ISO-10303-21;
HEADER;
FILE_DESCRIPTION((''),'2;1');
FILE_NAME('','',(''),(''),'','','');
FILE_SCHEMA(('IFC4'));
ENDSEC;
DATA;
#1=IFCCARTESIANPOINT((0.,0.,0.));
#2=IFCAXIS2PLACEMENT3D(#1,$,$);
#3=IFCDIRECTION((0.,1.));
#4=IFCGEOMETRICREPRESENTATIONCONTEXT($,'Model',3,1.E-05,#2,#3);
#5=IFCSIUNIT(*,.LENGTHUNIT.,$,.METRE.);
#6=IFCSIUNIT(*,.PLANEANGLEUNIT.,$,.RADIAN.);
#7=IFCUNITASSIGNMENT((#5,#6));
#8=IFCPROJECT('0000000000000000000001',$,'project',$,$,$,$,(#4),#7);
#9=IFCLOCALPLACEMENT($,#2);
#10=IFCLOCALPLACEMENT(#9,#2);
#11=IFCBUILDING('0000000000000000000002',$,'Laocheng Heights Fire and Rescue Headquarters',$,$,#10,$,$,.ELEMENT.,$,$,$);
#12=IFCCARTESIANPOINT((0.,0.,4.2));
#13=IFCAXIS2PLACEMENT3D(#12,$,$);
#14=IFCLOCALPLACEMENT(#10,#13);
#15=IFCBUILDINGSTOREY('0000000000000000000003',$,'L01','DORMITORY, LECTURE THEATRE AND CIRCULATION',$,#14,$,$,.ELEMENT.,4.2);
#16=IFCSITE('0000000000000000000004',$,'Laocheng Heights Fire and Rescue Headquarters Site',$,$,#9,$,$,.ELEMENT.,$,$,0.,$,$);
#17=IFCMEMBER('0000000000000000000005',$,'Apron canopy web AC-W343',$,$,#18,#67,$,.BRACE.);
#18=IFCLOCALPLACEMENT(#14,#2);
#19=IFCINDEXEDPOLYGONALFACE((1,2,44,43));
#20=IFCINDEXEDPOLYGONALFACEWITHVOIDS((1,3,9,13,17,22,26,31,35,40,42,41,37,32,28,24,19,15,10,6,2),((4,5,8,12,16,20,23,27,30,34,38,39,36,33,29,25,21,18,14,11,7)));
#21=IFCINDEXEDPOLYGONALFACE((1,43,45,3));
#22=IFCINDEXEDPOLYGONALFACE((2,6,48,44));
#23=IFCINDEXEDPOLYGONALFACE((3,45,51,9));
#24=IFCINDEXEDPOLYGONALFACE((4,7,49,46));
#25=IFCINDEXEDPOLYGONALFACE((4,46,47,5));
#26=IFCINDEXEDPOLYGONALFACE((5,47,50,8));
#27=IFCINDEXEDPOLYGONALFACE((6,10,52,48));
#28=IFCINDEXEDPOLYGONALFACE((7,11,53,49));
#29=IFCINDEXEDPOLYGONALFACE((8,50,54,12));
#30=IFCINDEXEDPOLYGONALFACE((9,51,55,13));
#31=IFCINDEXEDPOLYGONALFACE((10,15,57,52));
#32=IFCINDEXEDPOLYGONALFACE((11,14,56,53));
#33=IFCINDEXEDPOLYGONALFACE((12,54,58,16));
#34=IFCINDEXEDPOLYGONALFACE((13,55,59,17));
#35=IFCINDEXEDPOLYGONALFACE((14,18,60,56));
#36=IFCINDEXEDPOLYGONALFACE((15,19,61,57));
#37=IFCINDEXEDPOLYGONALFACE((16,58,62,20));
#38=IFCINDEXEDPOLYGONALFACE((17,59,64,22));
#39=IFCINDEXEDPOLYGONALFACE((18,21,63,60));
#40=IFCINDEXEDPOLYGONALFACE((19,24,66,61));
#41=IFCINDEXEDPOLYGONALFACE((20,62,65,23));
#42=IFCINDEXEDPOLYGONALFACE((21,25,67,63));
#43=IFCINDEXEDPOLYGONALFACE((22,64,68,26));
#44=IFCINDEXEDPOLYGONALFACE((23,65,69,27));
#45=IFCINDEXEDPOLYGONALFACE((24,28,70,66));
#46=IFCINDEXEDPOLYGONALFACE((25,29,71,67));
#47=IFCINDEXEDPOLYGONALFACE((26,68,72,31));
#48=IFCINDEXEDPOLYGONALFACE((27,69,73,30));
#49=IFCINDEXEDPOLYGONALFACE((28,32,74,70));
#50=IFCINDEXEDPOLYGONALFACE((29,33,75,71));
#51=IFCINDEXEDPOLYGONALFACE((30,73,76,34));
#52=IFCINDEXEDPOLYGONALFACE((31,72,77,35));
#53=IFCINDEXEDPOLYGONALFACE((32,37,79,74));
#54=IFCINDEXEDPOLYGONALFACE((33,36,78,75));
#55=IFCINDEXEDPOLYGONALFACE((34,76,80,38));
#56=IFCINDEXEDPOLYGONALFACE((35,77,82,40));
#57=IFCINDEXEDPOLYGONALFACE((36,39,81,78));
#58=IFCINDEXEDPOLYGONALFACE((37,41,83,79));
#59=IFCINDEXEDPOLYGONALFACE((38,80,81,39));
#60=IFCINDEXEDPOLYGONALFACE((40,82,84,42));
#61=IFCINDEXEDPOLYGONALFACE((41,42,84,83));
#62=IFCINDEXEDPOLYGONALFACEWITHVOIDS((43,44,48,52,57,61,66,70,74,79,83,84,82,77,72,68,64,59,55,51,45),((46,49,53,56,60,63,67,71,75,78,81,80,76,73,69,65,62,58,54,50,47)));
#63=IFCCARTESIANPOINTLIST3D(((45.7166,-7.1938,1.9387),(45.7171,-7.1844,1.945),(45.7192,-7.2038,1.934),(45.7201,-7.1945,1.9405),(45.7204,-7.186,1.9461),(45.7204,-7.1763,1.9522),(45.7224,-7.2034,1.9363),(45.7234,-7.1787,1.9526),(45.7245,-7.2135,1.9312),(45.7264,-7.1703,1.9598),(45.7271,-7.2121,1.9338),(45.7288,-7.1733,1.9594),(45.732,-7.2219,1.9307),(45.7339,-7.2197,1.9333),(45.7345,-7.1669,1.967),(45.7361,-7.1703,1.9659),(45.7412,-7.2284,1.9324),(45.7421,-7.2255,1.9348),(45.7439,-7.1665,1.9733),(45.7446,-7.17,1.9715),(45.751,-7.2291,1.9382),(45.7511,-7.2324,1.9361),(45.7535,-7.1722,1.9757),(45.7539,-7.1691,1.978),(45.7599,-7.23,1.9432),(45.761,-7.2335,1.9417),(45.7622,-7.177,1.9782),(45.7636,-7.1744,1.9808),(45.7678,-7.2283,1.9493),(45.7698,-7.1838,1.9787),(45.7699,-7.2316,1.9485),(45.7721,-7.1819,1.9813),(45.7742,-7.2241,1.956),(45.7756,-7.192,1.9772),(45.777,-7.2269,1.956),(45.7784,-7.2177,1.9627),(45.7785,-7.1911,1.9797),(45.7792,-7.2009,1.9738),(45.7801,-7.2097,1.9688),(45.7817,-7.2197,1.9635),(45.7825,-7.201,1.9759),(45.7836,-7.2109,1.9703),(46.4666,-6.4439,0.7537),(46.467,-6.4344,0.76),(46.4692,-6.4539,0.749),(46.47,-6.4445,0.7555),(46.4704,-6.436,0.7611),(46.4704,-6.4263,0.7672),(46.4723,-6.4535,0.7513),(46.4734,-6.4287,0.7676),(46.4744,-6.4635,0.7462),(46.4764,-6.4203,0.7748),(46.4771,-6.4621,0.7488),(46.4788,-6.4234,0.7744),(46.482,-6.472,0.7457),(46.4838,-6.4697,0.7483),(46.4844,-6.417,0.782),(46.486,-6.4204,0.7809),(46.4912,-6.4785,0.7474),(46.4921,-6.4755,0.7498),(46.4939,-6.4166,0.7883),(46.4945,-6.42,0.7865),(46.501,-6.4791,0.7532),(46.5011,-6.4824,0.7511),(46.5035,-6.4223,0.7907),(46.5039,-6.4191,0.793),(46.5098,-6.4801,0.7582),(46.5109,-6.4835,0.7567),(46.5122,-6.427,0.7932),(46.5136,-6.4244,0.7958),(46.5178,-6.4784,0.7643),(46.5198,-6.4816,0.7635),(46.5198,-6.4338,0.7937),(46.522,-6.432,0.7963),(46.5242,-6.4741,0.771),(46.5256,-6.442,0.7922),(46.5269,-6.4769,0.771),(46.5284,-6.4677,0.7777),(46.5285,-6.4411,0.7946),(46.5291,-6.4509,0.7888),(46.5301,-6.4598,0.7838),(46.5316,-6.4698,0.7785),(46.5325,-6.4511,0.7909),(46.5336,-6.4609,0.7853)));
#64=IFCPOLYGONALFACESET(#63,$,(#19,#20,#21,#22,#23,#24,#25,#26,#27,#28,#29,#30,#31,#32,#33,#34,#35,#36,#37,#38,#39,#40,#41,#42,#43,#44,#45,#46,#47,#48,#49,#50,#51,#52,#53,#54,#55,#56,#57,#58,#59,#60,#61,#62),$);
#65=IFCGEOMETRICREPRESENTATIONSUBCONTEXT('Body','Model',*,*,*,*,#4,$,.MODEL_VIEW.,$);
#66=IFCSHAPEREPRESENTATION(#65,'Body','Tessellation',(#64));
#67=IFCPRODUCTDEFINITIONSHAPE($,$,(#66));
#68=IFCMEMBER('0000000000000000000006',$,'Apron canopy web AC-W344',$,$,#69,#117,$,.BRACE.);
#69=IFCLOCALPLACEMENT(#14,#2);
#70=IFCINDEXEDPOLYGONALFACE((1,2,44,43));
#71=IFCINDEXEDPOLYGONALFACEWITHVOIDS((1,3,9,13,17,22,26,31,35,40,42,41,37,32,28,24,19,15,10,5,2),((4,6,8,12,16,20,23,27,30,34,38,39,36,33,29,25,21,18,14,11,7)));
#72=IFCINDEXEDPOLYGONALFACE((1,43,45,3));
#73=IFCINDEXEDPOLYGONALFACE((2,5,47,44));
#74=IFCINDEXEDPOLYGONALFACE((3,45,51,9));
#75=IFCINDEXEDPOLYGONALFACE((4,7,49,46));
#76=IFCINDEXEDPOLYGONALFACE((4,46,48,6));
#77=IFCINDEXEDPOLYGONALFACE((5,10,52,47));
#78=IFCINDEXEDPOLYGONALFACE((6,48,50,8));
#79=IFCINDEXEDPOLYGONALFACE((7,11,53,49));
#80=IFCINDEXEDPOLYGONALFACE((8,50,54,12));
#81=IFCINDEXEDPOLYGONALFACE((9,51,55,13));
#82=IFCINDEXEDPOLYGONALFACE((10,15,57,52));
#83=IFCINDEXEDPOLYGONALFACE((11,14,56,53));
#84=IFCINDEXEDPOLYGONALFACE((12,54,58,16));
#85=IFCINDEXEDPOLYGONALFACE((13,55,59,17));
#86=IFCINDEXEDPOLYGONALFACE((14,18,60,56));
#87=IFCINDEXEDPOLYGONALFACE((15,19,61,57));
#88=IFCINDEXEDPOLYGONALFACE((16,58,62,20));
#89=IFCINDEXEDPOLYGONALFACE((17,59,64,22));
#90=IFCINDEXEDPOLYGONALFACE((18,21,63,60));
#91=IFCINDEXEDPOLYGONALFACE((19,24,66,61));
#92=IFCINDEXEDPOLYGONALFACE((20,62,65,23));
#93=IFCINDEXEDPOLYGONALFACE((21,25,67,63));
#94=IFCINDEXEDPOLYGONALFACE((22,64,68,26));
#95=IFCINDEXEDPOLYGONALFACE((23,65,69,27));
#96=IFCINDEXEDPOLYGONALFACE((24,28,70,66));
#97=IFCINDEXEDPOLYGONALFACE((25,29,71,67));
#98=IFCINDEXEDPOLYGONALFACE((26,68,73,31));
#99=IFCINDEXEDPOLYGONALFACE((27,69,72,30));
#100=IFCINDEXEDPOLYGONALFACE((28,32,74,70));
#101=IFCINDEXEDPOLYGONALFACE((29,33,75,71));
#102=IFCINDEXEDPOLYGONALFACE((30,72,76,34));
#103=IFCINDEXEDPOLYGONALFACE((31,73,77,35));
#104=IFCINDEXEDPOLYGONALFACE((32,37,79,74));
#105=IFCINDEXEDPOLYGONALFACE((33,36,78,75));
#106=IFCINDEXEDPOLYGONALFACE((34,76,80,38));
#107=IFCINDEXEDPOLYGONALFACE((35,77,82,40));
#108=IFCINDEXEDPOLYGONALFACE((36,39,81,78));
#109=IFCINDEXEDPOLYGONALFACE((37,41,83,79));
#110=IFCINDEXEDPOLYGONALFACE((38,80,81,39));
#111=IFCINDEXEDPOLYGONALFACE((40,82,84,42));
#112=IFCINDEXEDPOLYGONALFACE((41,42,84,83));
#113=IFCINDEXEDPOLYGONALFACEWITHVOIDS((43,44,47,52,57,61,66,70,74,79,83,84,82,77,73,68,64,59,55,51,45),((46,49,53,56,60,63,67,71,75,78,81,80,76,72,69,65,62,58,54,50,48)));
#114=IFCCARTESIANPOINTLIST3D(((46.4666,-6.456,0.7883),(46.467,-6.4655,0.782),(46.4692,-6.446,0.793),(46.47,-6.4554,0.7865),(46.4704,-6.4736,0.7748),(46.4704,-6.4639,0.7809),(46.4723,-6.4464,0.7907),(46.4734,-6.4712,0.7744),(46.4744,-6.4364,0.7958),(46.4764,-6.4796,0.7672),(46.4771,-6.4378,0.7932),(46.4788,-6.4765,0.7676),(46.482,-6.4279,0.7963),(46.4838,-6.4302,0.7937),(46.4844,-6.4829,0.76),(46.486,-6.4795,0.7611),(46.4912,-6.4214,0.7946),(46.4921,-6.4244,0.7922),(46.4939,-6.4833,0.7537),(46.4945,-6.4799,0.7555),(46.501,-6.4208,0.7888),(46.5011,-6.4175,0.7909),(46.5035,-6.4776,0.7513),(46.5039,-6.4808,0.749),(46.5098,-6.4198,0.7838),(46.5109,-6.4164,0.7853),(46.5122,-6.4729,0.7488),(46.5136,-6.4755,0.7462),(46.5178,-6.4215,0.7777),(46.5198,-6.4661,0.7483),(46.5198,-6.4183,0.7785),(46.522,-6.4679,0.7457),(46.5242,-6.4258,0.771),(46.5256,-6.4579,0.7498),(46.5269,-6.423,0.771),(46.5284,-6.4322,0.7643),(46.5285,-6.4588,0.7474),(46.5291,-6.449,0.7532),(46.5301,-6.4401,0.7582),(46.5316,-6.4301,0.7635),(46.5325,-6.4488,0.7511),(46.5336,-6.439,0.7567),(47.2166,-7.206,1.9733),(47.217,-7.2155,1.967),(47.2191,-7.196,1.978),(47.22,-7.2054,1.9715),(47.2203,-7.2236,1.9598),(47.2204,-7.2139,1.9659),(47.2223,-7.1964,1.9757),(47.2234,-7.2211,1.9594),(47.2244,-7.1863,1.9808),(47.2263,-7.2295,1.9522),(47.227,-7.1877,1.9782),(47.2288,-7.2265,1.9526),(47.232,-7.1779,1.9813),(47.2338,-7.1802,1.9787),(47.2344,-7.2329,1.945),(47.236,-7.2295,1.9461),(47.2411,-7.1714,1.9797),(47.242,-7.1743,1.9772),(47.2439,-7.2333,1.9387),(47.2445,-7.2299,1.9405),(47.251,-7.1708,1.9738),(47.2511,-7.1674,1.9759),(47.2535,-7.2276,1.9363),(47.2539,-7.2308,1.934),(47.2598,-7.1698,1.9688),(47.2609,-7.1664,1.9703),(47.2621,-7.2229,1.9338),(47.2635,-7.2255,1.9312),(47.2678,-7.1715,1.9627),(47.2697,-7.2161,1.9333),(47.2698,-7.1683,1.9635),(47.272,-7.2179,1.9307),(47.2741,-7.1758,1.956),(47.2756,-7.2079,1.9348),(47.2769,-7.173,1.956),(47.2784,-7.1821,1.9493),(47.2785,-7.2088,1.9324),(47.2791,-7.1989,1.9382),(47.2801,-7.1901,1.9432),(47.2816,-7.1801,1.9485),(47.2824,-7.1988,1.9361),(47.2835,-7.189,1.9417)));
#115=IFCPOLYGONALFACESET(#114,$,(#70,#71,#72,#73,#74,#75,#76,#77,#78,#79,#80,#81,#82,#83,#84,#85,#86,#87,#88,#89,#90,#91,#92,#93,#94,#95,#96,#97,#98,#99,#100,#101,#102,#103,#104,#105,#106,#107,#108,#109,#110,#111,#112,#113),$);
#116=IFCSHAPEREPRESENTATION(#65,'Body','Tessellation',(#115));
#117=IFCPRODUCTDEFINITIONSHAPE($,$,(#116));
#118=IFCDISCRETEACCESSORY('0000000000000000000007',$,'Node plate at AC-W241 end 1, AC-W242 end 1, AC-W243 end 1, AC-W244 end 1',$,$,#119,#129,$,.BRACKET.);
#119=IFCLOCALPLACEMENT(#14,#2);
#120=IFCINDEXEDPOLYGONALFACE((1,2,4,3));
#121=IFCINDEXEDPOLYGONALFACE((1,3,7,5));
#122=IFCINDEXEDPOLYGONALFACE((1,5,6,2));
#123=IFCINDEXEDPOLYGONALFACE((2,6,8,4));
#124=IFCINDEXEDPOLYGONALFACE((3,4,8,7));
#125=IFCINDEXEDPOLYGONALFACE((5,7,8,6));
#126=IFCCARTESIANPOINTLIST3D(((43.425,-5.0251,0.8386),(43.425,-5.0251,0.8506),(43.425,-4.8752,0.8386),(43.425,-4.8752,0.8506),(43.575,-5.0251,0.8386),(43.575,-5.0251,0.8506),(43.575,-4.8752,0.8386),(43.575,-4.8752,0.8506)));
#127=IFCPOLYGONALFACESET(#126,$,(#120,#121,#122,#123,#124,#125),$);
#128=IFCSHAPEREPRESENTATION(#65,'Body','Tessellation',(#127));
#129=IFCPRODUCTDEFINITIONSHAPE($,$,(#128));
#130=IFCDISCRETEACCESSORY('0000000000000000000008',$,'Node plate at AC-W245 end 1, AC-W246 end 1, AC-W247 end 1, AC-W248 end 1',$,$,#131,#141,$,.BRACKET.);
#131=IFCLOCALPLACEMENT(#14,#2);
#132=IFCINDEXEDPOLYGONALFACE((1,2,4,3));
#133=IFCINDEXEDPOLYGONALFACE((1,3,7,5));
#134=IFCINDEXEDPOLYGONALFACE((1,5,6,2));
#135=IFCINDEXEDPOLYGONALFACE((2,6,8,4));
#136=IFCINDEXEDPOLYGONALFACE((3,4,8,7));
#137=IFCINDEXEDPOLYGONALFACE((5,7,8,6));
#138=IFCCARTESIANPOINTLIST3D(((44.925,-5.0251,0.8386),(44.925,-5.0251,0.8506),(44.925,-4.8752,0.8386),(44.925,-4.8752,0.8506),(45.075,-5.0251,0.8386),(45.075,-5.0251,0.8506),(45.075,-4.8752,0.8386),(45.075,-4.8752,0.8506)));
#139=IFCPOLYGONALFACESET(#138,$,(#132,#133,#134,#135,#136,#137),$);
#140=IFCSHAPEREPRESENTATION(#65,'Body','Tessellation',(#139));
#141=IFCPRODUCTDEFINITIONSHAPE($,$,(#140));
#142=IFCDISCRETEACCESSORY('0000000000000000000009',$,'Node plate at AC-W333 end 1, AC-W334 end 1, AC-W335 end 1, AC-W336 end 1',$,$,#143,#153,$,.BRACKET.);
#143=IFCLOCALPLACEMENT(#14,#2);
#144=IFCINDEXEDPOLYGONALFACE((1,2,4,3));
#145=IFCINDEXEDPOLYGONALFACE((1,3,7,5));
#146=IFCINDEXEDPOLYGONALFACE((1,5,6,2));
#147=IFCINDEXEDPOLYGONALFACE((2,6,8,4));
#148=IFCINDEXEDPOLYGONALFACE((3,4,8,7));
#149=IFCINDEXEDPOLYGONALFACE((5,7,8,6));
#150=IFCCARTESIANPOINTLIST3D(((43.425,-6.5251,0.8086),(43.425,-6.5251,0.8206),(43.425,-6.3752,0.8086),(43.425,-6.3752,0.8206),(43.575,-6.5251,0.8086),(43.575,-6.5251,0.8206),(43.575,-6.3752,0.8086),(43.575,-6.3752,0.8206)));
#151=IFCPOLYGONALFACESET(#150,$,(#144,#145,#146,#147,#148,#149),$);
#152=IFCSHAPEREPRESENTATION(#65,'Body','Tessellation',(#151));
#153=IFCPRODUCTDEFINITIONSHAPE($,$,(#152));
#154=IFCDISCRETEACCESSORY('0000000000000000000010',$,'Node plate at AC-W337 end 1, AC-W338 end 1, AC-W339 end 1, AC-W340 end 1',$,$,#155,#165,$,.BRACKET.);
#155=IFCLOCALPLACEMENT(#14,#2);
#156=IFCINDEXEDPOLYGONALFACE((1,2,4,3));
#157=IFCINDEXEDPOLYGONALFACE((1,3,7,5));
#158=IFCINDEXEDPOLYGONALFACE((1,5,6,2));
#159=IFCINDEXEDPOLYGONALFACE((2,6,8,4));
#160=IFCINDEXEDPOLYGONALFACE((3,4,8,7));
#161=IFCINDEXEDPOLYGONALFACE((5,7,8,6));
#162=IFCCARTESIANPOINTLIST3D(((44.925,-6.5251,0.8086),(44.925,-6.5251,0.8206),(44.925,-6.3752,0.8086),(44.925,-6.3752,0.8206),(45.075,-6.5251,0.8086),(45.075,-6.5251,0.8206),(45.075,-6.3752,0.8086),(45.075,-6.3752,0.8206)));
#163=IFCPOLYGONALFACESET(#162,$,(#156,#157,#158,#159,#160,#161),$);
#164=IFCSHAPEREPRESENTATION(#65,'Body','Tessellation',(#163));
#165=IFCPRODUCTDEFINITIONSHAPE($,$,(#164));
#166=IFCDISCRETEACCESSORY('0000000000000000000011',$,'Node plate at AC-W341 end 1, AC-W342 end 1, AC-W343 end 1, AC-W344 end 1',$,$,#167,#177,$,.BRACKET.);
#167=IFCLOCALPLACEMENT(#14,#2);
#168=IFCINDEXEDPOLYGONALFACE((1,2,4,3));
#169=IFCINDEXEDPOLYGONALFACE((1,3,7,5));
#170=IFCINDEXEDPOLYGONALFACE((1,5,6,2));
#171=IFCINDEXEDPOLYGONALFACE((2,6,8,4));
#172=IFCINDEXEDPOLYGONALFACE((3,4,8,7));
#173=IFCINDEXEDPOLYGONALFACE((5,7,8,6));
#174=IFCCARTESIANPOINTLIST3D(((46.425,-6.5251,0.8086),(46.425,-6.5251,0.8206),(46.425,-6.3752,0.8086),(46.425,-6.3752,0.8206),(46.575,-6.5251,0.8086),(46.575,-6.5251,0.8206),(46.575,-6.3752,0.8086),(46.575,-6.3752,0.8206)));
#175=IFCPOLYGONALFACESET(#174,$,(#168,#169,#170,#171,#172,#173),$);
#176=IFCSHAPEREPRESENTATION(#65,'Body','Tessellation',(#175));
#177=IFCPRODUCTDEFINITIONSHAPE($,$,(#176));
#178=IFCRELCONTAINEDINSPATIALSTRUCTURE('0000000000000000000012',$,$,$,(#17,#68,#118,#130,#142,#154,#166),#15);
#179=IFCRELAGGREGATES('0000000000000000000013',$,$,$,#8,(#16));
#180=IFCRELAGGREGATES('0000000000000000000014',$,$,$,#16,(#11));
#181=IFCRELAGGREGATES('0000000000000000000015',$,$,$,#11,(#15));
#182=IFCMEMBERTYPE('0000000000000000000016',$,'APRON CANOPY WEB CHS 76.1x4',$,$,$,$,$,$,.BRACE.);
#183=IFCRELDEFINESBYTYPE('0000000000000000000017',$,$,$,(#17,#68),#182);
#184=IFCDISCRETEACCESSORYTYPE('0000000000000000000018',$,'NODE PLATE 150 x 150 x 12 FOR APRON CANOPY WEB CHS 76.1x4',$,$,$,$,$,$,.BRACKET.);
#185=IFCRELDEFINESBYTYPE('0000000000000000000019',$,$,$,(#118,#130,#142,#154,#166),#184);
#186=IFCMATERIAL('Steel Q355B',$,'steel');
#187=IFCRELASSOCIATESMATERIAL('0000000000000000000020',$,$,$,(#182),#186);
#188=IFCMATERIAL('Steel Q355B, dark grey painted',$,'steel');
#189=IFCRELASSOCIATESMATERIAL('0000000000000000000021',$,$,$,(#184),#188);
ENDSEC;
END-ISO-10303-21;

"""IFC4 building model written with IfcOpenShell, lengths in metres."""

from ifc_helpers import new_model, si_unit, direction, frame, origin, origin_2d, place, context, subcontext, project, spatial, rectangle, hollow_circle, extrude, material, material_profile, profile_set, type_object, element, save


model = new_model("IFC4")

# Units and contexts
model_context = context("Model", 3, precision=1e-05, world=origin(), true_north=direction((0.0, 1.0)))
body_context = subcontext(model_context, "Body", "Model", "MODEL_VIEW")
ifc_project = project(units=[si_unit("LENGTHUNIT", "METRE"), si_unit("PLANEANGLEUNIT", "RADIAN")], contexts=[model_context])

# Site, building, storey
site_placement = place(None, origin())
site = spatial("IfcSite", under=ifc_project, at=site_placement, Name="Laocheng Heights Fire and Rescue Headquarters Site", CompositionType="ELEMENT", RefElevation=0.0)
building_placement = place(site_placement, origin())
building = spatial("IfcBuilding", under=site, at=building_placement, Name="Laocheng Heights Fire and Rescue Headquarters", CompositionType="ELEMENT")
storey_placement = place(building_placement, frame((0.0, 0.0, 4.2)))
storey = spatial("IfcBuildingStorey", under=building, at=storey_placement, Name="L01", Description="DORMITORY, LECTURE THEATRE AND CIRCULATION", CompositionType="ELEMENT", Elevation=4.2)

# Members
ifc_material_1 = material(Name="Steel Q355B", Category="steel")
ifc_material_profile_1 = material_profile(ifc_material_1, hollow_circle(Radius=0.0381, WallThickness=0.0039, at=origin_2d()), Name="CHS 76.1x4")
ifc_profile_set_1 = profile_set([ifc_material_profile_1], Name="Steel Q355B")
member_type_1 = type_object("IfcMemberType", Name="APRON CANOPY WEB CHS 76.1x4", PredefinedType="BRACE", material=ifc_profile_set_1)
for number, where, z_axis, x_axis, name in (
    (1, (46.5, -6.45, 0.771), (-0.47158, -0.47158, 0.745134), (0.707107, -0.707107, 0.0), "Apron canopy web AC-W343"),
    (2, (46.5, -6.45, 0.771), (0.47158, -0.47158, 0.745134), (0.707107, 0.707107, 0.0), "Apron canopy web AC-W344"),
):
    element("IfcMember", number, at=place(storey_placement, frame(where, z_axis=z_axis, x_axis=x_axis)), inside=storey, type_object=member_type_1, Name=name, PredefinedType="BRACE", context=body_context, shape_type="SweptSolid", body=[
        extrude(hollow_circle(Radius=0.0381, WallThickness=0.0039, at=origin_2d()), origin(), (0.0, 0.0, 1.0), 1.5903),
    ])

# Discrete accessories
ifc_material_2 = material(Name="Steel Q355B, dark grey painted", Category="steel")
ifc_material_profile_2 = material_profile(ifc_material_2, rectangle(XDim=0.1499, YDim=0.1499, at=origin_2d()), Name="NODE PLATE 150 x 150 x 12 FOR APRON CANOPY WEB CHS 76.1x4")
ifc_profile_set_2 = profile_set([ifc_material_profile_2], Name="Steel Q355B, dark grey painted")
discrete_accessory_type = type_object("IfcDiscreteAccessoryType", Name="NODE PLATE 150 x 150 x 12 FOR APRON CANOPY WEB CHS 76.1x4", PredefinedType="BRACKET", material=ifc_profile_set_2)
for number, where, z_axis, x_axis, name in (
    (3, (43.5, -4.9502, 0.8386), (0.0, 0.0, 1.0), (1.0, 0.0, 0.0), "Node plate at AC-W241 end 1, AC-W242 end 1, AC-W243 end 1, AC-W244 end 1"),
    (4, (45.0, -4.9502, 0.8386), (0.0, 0.0, 1.0), (1.0, 0.0, 0.0), "Node plate at AC-W245 end 1, AC-W246 end 1, AC-W247 end 1, AC-W248 end 1"),
    (5, (43.5, -6.4502, 0.8086), (0.0, 0.0, 1.0), (1.0, 0.0, 0.0), "Node plate at AC-W333 end 1, AC-W334 end 1, AC-W335 end 1, AC-W336 end 1"),
    (6, (45.0, -6.4502, 0.8086), (0.0, 0.0, 1.0), (1.0, 0.0, 0.0), "Node plate at AC-W337 end 1, AC-W338 end 1, AC-W339 end 1, AC-W340 end 1"),
    (7, (46.5, -6.4502, 0.8086), (0.0, 0.0, 1.0), (1.0, 0.0, 0.0), "Node plate at AC-W341 end 1, AC-W342 end 1, AC-W343 end 1, AC-W344 end 1"),
):
    element("IfcDiscreteAccessory", number, at=place(storey_placement, frame(where, z_axis=z_axis, x_axis=x_axis)), inside=storey, type_object=discrete_accessory_type, Name=name, PredefinedType="BRACKET", context=body_context, shape_type="SweptSolid", body=[
        extrude(rectangle(XDim=0.1499, YDim=0.1499, at=origin_2d()), origin(), (0.0, 0.0, 1.0), 0.012),
    ])

save(model, "model.ifc")
